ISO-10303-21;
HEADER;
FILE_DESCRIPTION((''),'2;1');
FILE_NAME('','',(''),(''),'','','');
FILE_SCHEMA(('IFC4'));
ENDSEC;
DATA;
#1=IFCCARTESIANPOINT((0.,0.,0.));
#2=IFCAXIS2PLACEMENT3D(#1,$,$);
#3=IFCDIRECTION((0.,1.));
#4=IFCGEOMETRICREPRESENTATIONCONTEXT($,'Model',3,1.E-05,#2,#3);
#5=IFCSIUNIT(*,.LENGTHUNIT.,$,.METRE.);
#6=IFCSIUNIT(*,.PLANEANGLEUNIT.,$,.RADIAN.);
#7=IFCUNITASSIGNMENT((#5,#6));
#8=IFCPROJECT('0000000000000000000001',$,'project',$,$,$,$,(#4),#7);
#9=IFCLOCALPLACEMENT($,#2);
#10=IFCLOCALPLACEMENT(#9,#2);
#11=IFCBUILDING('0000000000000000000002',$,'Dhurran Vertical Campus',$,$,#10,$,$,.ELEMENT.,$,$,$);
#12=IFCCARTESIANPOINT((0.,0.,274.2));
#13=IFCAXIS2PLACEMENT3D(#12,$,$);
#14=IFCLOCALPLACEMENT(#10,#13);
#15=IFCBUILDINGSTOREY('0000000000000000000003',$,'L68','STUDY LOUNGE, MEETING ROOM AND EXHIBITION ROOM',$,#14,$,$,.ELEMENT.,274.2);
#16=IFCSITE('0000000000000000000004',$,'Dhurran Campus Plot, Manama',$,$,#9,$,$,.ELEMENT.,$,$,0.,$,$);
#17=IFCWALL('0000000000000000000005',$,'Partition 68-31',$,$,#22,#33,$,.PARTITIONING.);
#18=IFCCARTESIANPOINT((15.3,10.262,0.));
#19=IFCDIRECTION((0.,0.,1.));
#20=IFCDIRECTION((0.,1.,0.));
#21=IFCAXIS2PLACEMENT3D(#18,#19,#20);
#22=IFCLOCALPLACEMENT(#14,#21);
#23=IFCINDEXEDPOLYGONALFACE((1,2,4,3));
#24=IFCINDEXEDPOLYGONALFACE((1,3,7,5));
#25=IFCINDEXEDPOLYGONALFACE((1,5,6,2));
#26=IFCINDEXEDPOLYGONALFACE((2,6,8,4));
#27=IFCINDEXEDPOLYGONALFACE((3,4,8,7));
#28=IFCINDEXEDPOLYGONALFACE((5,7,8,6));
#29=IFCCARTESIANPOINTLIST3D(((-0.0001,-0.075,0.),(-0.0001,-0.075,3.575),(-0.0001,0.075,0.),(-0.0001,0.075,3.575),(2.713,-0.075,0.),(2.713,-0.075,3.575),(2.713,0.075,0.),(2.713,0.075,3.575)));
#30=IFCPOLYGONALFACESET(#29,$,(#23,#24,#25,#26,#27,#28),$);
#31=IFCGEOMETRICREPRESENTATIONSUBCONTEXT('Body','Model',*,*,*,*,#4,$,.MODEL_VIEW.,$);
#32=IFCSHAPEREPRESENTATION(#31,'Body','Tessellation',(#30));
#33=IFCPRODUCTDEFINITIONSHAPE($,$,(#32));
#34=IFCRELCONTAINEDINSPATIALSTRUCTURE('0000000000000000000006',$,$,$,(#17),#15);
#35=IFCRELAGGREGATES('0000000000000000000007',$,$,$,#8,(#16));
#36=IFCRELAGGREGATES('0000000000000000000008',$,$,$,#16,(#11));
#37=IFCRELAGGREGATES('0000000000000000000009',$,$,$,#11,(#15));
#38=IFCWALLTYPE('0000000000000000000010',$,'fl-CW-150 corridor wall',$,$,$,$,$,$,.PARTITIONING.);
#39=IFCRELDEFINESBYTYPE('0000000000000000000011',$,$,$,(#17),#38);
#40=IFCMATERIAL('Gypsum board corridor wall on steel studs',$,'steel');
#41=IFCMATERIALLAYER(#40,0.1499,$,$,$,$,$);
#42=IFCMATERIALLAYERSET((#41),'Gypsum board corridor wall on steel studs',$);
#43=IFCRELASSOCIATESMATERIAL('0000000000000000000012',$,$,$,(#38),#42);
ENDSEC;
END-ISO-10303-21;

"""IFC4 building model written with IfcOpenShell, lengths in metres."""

from ifc_helpers import new_model, si_unit, direction, frame, frame_2d, origin, place, context, subcontext, project, spatial, rectangle, extrude, material, layer, layer_set, type_object, element, save


model = new_model("IFC4")

# Units and contexts
model_context = context("Model", 3, precision=1e-05, world=origin(), true_north=direction((0.0, 1.0)))
body_context = subcontext(model_context, "Body", "Model", "MODEL_VIEW")
ifc_project = project(units=[si_unit("LENGTHUNIT", "METRE"), si_unit("PLANEANGLEUNIT", "RADIAN")], contexts=[model_context])

# Site, building, storey
site_placement = place(None, origin())
site = spatial("IfcSite", under=ifc_project, at=site_placement, Name="Dhurran Campus Plot, Manama", CompositionType="ELEMENT", RefElevation=0.0)
building_placement = place(site_placement, origin())
building = spatial("IfcBuilding", under=site, at=building_placement, Name="Dhurran Vertical Campus", CompositionType="ELEMENT")
storey_placement = place(building_placement, frame((0.0, 0.0, 274.2)))
storey = spatial("IfcBuildingStorey", under=building, at=storey_placement, Name="L68", Description="STUDY LOUNGE, MEETING ROOM AND EXHIBITION ROOM", CompositionType="ELEMENT", Elevation=274.2)

# Shared definitions
ifc_material_1 = material(Name="Gypsum board corridor wall on steel studs", Category="steel")
ifc_layer_1 = layer(ifc_material_1, 0.1499)
ifc_layer_set_1 = layer_set([ifc_layer_1], Name="Gypsum board corridor wall on steel studs")
wall_type_1 = type_object("IfcWallType", Name="fl-CW-150 corridor wall", PredefinedType="PARTITIONING", material=ifc_layer_set_1)

# Wall
wall_1_placement = place(storey_placement, frame((15.3, 10.262, 0.0), z_axis=(0.0, 0.0, 1.0), x_axis=(0.0, 1.0, 0.0)))
element("IfcWall", 1, at=wall_1_placement, inside=storey, type_object=wall_type_1, Name="Partition 68-31", PredefinedType="PARTITIONING", context=body_context, shape_type="SweptSolid", body=[
    extrude(rectangle(XDim=2.7131, YDim=0.1499, at=frame_2d((1.3564, 0.0))), origin(), (0.0, 0.0, 1.0), 3.575),
])

save(model, "model.ifc")
